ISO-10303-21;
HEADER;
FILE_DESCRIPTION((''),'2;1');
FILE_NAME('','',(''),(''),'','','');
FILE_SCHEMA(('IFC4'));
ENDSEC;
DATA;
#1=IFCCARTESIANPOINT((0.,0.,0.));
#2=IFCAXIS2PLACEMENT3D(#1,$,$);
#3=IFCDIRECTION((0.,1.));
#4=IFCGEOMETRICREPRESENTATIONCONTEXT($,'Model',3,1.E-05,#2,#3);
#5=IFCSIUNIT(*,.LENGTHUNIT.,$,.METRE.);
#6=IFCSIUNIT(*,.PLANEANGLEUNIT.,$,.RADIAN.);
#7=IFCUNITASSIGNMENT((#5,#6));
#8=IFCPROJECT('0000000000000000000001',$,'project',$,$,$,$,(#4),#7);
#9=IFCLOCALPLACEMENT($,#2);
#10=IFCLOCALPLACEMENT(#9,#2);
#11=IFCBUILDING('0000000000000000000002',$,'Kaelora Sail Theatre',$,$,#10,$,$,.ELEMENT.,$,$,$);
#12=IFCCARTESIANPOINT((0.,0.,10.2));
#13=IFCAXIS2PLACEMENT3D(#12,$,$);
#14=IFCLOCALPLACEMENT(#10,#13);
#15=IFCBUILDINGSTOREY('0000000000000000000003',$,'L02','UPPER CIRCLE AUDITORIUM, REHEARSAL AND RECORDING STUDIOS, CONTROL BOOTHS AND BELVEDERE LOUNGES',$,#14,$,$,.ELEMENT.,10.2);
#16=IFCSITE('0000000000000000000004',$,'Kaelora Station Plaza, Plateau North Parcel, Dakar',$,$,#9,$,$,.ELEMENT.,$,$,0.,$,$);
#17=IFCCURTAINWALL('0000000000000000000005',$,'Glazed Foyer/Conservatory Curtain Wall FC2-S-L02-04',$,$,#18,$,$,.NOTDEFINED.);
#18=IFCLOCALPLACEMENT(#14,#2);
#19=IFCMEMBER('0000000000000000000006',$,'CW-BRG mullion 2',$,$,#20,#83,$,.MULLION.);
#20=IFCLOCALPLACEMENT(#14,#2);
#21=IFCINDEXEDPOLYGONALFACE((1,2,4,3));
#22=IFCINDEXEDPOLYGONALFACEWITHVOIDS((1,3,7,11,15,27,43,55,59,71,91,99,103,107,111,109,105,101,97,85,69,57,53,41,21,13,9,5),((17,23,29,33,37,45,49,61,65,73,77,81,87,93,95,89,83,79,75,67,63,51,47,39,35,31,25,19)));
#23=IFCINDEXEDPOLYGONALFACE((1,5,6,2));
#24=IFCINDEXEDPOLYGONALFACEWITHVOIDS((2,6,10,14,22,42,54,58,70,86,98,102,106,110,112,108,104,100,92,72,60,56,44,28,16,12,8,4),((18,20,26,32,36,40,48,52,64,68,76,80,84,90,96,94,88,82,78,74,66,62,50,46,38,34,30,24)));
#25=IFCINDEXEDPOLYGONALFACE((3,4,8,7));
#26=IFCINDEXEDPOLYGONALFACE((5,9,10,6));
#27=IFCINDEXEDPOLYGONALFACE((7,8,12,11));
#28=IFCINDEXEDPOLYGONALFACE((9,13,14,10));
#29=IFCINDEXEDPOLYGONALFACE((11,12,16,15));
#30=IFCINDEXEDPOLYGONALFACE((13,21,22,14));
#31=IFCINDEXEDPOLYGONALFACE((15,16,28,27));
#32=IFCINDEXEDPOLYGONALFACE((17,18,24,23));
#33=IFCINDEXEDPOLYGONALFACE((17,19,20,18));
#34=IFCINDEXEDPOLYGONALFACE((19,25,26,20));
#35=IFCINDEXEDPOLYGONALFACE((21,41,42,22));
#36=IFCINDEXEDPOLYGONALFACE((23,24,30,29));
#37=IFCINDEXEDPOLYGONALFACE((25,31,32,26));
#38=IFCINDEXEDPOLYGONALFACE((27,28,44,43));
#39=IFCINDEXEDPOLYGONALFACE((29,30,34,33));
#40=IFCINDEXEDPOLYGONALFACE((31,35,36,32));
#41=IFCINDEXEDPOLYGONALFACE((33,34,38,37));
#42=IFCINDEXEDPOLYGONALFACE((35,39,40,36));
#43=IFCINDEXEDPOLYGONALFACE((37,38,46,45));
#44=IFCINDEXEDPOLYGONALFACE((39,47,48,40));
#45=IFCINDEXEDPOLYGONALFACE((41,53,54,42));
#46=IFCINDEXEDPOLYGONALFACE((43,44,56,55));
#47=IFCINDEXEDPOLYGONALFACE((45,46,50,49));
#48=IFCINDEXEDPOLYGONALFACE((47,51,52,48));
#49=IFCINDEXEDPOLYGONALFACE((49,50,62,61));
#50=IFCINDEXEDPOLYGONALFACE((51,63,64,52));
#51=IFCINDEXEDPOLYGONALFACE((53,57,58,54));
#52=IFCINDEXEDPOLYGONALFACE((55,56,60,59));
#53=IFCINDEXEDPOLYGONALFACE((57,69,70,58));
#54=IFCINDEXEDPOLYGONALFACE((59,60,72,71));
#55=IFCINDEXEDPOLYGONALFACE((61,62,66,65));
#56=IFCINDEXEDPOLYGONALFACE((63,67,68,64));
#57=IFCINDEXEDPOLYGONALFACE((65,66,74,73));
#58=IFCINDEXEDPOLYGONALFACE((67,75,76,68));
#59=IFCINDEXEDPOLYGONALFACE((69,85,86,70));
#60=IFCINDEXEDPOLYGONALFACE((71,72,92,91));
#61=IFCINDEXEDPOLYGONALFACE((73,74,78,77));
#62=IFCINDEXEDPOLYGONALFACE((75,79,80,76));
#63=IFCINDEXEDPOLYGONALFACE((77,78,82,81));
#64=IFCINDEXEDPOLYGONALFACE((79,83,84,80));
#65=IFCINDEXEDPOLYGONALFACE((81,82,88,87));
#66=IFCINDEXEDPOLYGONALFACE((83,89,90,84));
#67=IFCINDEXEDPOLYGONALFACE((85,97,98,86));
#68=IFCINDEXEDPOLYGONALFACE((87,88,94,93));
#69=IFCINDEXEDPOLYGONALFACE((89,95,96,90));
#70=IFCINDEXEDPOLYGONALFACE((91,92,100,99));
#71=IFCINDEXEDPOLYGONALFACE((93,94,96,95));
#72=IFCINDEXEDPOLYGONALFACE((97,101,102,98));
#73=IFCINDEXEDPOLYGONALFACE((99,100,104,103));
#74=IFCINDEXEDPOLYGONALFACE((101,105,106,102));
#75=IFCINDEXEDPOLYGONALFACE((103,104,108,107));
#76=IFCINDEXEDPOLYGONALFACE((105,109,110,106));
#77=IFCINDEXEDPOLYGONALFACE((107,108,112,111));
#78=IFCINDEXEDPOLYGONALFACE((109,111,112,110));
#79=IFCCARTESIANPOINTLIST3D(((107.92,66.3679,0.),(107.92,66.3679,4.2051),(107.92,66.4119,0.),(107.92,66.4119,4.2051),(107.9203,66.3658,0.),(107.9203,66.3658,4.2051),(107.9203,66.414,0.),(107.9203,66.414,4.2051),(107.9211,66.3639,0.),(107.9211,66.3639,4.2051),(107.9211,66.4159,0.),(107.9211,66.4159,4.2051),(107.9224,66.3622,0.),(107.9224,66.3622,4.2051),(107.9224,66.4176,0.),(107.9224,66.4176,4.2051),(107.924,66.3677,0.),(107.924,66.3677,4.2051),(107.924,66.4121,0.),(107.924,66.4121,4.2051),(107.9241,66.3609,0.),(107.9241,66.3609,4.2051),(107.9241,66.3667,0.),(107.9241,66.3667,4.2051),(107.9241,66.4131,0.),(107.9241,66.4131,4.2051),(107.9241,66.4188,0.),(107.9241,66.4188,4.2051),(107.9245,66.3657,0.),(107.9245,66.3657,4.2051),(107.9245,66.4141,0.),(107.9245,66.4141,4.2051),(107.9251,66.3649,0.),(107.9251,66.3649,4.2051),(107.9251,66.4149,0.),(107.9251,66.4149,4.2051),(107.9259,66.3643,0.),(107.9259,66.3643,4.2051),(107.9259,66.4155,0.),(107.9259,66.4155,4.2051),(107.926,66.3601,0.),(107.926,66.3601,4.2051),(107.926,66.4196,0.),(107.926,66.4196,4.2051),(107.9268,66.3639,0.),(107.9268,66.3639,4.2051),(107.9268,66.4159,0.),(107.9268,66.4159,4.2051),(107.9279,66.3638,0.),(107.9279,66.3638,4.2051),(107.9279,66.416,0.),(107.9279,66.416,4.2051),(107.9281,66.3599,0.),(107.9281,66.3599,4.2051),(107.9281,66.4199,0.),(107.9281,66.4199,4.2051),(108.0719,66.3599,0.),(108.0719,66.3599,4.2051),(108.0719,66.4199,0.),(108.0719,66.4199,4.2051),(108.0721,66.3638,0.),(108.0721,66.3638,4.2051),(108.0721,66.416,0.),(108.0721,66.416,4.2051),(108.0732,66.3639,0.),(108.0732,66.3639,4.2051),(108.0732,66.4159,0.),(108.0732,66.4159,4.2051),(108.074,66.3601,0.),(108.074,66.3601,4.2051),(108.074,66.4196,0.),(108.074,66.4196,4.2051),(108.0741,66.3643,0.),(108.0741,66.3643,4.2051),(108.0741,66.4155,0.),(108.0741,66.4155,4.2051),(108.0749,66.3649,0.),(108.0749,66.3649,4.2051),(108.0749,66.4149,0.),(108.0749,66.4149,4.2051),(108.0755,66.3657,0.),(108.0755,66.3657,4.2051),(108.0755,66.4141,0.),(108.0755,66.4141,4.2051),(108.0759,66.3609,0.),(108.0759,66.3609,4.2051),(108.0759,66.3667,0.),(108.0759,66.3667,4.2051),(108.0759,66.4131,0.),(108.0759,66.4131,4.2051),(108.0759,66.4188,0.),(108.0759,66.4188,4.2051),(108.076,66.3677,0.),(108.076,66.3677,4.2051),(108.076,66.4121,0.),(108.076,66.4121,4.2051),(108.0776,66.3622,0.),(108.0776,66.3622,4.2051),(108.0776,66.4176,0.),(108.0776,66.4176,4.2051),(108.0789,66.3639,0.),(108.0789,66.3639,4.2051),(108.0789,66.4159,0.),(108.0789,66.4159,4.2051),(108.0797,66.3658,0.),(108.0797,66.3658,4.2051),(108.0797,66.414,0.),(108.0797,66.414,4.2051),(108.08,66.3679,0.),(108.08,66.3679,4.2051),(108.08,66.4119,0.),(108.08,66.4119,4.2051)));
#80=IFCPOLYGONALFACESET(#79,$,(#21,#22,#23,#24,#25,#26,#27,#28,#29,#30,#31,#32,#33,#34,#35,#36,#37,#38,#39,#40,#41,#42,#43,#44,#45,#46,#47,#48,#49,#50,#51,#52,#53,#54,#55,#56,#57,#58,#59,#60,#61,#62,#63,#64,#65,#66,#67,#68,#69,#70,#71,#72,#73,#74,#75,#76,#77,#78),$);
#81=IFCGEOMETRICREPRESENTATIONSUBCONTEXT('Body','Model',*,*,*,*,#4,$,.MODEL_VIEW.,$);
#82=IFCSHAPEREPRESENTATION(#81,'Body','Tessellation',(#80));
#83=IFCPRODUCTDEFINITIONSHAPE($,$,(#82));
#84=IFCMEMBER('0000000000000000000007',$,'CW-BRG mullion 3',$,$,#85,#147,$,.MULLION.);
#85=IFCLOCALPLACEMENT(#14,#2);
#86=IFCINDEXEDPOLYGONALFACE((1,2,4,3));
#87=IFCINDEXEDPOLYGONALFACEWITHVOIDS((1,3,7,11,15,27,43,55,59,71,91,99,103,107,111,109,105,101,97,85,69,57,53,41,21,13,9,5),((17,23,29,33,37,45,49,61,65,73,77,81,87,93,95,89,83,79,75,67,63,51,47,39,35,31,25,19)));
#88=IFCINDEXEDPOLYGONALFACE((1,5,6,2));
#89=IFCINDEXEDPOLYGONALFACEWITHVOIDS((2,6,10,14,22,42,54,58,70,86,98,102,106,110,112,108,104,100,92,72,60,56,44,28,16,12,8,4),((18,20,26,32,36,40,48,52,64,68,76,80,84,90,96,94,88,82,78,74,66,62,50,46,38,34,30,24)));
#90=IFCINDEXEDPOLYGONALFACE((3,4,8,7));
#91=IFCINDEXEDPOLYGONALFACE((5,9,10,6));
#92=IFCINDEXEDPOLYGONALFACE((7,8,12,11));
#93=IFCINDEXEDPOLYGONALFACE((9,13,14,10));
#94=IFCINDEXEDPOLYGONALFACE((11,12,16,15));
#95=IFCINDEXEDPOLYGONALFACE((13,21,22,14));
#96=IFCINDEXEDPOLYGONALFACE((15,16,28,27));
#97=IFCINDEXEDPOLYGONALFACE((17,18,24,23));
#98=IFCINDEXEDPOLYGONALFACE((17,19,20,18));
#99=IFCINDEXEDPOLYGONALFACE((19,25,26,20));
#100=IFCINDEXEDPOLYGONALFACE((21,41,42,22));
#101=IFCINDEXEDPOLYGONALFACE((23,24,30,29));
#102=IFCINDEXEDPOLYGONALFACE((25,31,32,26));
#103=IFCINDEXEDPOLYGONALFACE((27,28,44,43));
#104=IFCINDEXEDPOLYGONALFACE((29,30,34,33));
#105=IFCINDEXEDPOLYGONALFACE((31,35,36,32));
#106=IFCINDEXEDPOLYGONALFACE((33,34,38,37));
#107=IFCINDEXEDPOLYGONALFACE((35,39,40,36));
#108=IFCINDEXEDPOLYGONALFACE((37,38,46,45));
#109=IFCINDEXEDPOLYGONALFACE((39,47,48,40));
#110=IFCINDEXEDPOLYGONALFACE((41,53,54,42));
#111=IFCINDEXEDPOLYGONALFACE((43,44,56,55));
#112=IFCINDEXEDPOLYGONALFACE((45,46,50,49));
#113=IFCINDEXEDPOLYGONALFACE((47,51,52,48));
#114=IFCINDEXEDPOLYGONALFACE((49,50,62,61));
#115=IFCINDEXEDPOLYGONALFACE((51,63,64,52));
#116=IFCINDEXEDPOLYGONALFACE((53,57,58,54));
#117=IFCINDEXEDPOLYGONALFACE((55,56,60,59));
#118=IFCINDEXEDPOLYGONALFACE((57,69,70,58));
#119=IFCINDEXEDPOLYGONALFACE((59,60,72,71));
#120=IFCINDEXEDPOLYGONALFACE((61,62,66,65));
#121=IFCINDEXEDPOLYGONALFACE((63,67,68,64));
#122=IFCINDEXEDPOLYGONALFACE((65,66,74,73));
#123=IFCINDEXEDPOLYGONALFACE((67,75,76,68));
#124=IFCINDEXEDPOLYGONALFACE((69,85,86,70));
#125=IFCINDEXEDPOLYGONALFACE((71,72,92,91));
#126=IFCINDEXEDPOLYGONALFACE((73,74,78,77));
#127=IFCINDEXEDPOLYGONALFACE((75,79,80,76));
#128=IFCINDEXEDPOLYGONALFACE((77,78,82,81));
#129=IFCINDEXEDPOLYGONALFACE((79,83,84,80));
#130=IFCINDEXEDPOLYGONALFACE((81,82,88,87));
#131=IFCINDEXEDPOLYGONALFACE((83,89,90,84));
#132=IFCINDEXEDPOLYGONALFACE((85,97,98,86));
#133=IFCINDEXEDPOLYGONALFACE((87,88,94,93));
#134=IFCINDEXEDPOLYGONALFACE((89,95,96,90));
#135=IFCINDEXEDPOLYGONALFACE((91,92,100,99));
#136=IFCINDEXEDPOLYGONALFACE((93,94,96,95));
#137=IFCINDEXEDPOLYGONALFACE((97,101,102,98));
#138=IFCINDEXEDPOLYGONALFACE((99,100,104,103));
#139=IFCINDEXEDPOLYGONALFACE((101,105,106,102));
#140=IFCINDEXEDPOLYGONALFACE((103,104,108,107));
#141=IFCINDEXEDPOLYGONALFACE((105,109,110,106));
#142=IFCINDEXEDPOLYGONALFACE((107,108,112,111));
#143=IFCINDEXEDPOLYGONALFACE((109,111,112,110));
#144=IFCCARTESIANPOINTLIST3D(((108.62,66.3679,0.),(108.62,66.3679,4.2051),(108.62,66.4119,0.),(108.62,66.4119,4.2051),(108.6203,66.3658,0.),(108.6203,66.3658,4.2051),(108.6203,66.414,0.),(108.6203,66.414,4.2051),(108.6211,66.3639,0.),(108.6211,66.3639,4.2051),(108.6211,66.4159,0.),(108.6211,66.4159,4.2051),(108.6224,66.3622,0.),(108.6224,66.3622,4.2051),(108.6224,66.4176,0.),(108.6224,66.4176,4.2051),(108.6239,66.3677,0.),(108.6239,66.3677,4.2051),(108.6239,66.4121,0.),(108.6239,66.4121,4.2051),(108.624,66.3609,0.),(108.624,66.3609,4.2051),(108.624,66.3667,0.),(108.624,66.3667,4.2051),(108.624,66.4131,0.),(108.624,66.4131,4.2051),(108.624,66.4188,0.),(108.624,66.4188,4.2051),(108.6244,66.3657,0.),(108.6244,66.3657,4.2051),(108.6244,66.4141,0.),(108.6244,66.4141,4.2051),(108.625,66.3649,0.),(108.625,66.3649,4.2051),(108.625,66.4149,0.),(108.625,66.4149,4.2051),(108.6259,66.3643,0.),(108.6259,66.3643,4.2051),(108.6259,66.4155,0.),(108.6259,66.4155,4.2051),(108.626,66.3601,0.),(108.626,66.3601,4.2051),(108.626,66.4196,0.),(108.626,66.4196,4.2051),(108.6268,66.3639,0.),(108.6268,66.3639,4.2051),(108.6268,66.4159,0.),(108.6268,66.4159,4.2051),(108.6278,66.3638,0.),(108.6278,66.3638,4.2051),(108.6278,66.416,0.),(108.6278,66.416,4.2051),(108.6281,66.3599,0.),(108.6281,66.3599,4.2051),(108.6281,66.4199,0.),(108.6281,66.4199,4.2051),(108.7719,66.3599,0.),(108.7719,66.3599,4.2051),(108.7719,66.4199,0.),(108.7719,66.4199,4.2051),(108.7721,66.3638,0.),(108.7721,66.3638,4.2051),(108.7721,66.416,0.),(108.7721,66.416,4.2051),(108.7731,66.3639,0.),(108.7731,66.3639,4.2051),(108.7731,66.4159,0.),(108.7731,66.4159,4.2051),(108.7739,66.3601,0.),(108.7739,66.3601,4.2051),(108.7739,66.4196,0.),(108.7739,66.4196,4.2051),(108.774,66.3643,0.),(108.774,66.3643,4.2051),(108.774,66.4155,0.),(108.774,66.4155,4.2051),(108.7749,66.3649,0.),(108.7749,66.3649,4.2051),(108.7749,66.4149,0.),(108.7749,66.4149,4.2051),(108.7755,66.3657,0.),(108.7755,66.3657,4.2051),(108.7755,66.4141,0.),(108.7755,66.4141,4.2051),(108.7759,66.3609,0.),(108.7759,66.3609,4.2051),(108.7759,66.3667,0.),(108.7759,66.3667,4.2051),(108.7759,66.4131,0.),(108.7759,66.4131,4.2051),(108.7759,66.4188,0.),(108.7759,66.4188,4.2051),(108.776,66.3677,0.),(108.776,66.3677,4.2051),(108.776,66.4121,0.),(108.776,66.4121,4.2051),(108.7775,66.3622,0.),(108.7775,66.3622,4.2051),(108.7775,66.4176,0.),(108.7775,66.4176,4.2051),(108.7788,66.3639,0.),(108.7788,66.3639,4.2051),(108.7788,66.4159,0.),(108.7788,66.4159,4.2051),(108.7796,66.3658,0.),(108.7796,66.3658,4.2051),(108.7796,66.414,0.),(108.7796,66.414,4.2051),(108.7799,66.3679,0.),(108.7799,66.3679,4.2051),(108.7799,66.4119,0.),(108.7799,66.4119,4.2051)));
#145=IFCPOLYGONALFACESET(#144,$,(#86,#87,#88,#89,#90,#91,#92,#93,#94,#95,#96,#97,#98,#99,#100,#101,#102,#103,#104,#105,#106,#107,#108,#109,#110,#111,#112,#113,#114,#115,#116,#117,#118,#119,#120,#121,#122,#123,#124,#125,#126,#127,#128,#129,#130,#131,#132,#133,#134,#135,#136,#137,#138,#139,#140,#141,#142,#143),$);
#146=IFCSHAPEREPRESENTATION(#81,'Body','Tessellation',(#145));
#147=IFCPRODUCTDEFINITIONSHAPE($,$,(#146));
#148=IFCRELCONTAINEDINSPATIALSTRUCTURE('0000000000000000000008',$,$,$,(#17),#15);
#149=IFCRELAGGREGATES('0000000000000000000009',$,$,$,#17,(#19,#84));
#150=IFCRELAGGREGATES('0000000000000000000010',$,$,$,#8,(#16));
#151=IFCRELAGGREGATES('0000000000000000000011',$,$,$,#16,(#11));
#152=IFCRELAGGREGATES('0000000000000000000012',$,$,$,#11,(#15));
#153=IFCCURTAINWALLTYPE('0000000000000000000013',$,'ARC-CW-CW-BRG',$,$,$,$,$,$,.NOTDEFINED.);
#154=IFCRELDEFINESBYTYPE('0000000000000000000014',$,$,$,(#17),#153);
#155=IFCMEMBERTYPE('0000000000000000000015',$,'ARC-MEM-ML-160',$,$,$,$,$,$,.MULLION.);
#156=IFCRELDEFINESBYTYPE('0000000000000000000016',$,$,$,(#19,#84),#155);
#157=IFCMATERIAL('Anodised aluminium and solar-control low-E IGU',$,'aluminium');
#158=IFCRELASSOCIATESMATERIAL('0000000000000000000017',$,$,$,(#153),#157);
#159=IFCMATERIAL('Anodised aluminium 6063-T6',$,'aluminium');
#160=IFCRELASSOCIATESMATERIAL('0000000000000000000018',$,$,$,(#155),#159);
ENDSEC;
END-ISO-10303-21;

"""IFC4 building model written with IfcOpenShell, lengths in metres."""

from ifc_helpers import new_model, si_unit, direction, frame, origin, origin_2d, place, context, subcontext, project, spatial, hollow_rectangle, extrude, material, material_profile, profile_set, type_object, element, aggregate, save


model = new_model("IFC4")

# Units and contexts
model_context = context("Model", 3, precision=1e-05, world=origin(), true_north=direction((0.0, 1.0)))
body_context = subcontext(model_context, "Body", "Model", "MODEL_VIEW")
ifc_project = project(units=[si_unit("LENGTHUNIT", "METRE"), si_unit("PLANEANGLEUNIT", "RADIAN")], contexts=[model_context])

# Site, building, storey
site_placement = place(None, origin())
site = spatial("IfcSite", under=ifc_project, at=site_placement, Name="Kaelora Station Plaza, Plateau North Parcel, Dakar", CompositionType="ELEMENT", RefElevation=0.0)
building_placement = place(site_placement, origin())
building = spatial("IfcBuilding", under=site, at=building_placement, Name="Kaelora Sail Theatre", CompositionType="ELEMENT")
storey_placement = place(building_placement, frame((0.0, 0.0, 10.2)))
storey = spatial("IfcBuildingStorey", under=building, at=storey_placement, Name="L02", Description="UPPER CIRCLE AUDITORIUM, REHEARSAL AND RECORDING STUDIOS, CONTROL BOOTHS AND BELVEDERE LOUNGES", CompositionType="ELEMENT", Elevation=10.2)

# Shared definitions
ifc_material_1 = material(Name="Anodised aluminium and solar-control low-E IGU", Category="aluminium")
curtain_wall_type = type_object("IfcCurtainWallType", Name="ARC-CW-CW-BRG", PredefinedType="NOTDEFINED", material=ifc_material_1)
ifc_material_2 = material(Name="Anodised aluminium 6063-T6", Category="aluminium")
ifc_material_profile_1 = material_profile(ifc_material_2, hollow_rectangle(XDim=0.0601, YDim=0.1599, WallThickness=0.0039, InnerFilletRadius=0.0039, OuterFilletRadius=0.0081, at=origin_2d()), Name="ALU-MULL 60x160x4")
ifc_profile_set_1 = profile_set([ifc_material_profile_1], Name="Anodised aluminium 6063-T6")
member_type_1 = type_object("IfcMemberType", Name="ARC-MEM-ML-160", PredefinedType="MULLION", material=ifc_profile_set_1)

# Curtain wall, members
curtain_wall_1_placement = place(storey_placement, origin())
curtain_wall_1 = element("IfcCurtainWall", 1, at=curtain_wall_1_placement, inside=storey, type_object=curtain_wall_type, Name="Glazed Foyer/Conservatory Curtain Wall FC2-S-L02-04", PredefinedType="NOTDEFINED")
member_1_placement = place(storey_placement, frame((108.0, 66.3899, 0.0), z_axis=(0.0, 0.0, 1.0), x_axis=(0.0, 1.0, 0.0)))
member_1 = element("IfcMember", 2, at=member_1_placement, type_object=member_type_1, Name="CW-BRG mullion 2", PredefinedType="MULLION", context=body_context, shape_type="SweptSolid", body=[
    extrude(hollow_rectangle(XDim=0.0601, YDim=0.1599, WallThickness=0.0039, InnerFilletRadius=0.0039, OuterFilletRadius=0.0081, at=origin_2d()), origin(), (0.0, 0.0, 1.0), 4.2051),
])
member_2_placement = place(storey_placement, frame((108.7, 66.3899, 0.0), z_axis=(0.0, 0.0, 1.0), x_axis=(0.0, 1.0, 0.0)))
member_2 = element("IfcMember", 3, at=member_2_placement, type_object=member_type_1, Name="CW-BRG mullion 3", PredefinedType="MULLION", context=body_context, shape_type="SweptSolid", body=[
    extrude(hollow_rectangle(XDim=0.0601, YDim=0.1599, WallThickness=0.0039, InnerFilletRadius=0.0039, OuterFilletRadius=0.0081, at=origin_2d()), origin(), (0.0, 0.0, 1.0), 4.2051),
])

aggregate(curtain_wall_1, [member_1, member_2])

save(model, "model.ifc")
